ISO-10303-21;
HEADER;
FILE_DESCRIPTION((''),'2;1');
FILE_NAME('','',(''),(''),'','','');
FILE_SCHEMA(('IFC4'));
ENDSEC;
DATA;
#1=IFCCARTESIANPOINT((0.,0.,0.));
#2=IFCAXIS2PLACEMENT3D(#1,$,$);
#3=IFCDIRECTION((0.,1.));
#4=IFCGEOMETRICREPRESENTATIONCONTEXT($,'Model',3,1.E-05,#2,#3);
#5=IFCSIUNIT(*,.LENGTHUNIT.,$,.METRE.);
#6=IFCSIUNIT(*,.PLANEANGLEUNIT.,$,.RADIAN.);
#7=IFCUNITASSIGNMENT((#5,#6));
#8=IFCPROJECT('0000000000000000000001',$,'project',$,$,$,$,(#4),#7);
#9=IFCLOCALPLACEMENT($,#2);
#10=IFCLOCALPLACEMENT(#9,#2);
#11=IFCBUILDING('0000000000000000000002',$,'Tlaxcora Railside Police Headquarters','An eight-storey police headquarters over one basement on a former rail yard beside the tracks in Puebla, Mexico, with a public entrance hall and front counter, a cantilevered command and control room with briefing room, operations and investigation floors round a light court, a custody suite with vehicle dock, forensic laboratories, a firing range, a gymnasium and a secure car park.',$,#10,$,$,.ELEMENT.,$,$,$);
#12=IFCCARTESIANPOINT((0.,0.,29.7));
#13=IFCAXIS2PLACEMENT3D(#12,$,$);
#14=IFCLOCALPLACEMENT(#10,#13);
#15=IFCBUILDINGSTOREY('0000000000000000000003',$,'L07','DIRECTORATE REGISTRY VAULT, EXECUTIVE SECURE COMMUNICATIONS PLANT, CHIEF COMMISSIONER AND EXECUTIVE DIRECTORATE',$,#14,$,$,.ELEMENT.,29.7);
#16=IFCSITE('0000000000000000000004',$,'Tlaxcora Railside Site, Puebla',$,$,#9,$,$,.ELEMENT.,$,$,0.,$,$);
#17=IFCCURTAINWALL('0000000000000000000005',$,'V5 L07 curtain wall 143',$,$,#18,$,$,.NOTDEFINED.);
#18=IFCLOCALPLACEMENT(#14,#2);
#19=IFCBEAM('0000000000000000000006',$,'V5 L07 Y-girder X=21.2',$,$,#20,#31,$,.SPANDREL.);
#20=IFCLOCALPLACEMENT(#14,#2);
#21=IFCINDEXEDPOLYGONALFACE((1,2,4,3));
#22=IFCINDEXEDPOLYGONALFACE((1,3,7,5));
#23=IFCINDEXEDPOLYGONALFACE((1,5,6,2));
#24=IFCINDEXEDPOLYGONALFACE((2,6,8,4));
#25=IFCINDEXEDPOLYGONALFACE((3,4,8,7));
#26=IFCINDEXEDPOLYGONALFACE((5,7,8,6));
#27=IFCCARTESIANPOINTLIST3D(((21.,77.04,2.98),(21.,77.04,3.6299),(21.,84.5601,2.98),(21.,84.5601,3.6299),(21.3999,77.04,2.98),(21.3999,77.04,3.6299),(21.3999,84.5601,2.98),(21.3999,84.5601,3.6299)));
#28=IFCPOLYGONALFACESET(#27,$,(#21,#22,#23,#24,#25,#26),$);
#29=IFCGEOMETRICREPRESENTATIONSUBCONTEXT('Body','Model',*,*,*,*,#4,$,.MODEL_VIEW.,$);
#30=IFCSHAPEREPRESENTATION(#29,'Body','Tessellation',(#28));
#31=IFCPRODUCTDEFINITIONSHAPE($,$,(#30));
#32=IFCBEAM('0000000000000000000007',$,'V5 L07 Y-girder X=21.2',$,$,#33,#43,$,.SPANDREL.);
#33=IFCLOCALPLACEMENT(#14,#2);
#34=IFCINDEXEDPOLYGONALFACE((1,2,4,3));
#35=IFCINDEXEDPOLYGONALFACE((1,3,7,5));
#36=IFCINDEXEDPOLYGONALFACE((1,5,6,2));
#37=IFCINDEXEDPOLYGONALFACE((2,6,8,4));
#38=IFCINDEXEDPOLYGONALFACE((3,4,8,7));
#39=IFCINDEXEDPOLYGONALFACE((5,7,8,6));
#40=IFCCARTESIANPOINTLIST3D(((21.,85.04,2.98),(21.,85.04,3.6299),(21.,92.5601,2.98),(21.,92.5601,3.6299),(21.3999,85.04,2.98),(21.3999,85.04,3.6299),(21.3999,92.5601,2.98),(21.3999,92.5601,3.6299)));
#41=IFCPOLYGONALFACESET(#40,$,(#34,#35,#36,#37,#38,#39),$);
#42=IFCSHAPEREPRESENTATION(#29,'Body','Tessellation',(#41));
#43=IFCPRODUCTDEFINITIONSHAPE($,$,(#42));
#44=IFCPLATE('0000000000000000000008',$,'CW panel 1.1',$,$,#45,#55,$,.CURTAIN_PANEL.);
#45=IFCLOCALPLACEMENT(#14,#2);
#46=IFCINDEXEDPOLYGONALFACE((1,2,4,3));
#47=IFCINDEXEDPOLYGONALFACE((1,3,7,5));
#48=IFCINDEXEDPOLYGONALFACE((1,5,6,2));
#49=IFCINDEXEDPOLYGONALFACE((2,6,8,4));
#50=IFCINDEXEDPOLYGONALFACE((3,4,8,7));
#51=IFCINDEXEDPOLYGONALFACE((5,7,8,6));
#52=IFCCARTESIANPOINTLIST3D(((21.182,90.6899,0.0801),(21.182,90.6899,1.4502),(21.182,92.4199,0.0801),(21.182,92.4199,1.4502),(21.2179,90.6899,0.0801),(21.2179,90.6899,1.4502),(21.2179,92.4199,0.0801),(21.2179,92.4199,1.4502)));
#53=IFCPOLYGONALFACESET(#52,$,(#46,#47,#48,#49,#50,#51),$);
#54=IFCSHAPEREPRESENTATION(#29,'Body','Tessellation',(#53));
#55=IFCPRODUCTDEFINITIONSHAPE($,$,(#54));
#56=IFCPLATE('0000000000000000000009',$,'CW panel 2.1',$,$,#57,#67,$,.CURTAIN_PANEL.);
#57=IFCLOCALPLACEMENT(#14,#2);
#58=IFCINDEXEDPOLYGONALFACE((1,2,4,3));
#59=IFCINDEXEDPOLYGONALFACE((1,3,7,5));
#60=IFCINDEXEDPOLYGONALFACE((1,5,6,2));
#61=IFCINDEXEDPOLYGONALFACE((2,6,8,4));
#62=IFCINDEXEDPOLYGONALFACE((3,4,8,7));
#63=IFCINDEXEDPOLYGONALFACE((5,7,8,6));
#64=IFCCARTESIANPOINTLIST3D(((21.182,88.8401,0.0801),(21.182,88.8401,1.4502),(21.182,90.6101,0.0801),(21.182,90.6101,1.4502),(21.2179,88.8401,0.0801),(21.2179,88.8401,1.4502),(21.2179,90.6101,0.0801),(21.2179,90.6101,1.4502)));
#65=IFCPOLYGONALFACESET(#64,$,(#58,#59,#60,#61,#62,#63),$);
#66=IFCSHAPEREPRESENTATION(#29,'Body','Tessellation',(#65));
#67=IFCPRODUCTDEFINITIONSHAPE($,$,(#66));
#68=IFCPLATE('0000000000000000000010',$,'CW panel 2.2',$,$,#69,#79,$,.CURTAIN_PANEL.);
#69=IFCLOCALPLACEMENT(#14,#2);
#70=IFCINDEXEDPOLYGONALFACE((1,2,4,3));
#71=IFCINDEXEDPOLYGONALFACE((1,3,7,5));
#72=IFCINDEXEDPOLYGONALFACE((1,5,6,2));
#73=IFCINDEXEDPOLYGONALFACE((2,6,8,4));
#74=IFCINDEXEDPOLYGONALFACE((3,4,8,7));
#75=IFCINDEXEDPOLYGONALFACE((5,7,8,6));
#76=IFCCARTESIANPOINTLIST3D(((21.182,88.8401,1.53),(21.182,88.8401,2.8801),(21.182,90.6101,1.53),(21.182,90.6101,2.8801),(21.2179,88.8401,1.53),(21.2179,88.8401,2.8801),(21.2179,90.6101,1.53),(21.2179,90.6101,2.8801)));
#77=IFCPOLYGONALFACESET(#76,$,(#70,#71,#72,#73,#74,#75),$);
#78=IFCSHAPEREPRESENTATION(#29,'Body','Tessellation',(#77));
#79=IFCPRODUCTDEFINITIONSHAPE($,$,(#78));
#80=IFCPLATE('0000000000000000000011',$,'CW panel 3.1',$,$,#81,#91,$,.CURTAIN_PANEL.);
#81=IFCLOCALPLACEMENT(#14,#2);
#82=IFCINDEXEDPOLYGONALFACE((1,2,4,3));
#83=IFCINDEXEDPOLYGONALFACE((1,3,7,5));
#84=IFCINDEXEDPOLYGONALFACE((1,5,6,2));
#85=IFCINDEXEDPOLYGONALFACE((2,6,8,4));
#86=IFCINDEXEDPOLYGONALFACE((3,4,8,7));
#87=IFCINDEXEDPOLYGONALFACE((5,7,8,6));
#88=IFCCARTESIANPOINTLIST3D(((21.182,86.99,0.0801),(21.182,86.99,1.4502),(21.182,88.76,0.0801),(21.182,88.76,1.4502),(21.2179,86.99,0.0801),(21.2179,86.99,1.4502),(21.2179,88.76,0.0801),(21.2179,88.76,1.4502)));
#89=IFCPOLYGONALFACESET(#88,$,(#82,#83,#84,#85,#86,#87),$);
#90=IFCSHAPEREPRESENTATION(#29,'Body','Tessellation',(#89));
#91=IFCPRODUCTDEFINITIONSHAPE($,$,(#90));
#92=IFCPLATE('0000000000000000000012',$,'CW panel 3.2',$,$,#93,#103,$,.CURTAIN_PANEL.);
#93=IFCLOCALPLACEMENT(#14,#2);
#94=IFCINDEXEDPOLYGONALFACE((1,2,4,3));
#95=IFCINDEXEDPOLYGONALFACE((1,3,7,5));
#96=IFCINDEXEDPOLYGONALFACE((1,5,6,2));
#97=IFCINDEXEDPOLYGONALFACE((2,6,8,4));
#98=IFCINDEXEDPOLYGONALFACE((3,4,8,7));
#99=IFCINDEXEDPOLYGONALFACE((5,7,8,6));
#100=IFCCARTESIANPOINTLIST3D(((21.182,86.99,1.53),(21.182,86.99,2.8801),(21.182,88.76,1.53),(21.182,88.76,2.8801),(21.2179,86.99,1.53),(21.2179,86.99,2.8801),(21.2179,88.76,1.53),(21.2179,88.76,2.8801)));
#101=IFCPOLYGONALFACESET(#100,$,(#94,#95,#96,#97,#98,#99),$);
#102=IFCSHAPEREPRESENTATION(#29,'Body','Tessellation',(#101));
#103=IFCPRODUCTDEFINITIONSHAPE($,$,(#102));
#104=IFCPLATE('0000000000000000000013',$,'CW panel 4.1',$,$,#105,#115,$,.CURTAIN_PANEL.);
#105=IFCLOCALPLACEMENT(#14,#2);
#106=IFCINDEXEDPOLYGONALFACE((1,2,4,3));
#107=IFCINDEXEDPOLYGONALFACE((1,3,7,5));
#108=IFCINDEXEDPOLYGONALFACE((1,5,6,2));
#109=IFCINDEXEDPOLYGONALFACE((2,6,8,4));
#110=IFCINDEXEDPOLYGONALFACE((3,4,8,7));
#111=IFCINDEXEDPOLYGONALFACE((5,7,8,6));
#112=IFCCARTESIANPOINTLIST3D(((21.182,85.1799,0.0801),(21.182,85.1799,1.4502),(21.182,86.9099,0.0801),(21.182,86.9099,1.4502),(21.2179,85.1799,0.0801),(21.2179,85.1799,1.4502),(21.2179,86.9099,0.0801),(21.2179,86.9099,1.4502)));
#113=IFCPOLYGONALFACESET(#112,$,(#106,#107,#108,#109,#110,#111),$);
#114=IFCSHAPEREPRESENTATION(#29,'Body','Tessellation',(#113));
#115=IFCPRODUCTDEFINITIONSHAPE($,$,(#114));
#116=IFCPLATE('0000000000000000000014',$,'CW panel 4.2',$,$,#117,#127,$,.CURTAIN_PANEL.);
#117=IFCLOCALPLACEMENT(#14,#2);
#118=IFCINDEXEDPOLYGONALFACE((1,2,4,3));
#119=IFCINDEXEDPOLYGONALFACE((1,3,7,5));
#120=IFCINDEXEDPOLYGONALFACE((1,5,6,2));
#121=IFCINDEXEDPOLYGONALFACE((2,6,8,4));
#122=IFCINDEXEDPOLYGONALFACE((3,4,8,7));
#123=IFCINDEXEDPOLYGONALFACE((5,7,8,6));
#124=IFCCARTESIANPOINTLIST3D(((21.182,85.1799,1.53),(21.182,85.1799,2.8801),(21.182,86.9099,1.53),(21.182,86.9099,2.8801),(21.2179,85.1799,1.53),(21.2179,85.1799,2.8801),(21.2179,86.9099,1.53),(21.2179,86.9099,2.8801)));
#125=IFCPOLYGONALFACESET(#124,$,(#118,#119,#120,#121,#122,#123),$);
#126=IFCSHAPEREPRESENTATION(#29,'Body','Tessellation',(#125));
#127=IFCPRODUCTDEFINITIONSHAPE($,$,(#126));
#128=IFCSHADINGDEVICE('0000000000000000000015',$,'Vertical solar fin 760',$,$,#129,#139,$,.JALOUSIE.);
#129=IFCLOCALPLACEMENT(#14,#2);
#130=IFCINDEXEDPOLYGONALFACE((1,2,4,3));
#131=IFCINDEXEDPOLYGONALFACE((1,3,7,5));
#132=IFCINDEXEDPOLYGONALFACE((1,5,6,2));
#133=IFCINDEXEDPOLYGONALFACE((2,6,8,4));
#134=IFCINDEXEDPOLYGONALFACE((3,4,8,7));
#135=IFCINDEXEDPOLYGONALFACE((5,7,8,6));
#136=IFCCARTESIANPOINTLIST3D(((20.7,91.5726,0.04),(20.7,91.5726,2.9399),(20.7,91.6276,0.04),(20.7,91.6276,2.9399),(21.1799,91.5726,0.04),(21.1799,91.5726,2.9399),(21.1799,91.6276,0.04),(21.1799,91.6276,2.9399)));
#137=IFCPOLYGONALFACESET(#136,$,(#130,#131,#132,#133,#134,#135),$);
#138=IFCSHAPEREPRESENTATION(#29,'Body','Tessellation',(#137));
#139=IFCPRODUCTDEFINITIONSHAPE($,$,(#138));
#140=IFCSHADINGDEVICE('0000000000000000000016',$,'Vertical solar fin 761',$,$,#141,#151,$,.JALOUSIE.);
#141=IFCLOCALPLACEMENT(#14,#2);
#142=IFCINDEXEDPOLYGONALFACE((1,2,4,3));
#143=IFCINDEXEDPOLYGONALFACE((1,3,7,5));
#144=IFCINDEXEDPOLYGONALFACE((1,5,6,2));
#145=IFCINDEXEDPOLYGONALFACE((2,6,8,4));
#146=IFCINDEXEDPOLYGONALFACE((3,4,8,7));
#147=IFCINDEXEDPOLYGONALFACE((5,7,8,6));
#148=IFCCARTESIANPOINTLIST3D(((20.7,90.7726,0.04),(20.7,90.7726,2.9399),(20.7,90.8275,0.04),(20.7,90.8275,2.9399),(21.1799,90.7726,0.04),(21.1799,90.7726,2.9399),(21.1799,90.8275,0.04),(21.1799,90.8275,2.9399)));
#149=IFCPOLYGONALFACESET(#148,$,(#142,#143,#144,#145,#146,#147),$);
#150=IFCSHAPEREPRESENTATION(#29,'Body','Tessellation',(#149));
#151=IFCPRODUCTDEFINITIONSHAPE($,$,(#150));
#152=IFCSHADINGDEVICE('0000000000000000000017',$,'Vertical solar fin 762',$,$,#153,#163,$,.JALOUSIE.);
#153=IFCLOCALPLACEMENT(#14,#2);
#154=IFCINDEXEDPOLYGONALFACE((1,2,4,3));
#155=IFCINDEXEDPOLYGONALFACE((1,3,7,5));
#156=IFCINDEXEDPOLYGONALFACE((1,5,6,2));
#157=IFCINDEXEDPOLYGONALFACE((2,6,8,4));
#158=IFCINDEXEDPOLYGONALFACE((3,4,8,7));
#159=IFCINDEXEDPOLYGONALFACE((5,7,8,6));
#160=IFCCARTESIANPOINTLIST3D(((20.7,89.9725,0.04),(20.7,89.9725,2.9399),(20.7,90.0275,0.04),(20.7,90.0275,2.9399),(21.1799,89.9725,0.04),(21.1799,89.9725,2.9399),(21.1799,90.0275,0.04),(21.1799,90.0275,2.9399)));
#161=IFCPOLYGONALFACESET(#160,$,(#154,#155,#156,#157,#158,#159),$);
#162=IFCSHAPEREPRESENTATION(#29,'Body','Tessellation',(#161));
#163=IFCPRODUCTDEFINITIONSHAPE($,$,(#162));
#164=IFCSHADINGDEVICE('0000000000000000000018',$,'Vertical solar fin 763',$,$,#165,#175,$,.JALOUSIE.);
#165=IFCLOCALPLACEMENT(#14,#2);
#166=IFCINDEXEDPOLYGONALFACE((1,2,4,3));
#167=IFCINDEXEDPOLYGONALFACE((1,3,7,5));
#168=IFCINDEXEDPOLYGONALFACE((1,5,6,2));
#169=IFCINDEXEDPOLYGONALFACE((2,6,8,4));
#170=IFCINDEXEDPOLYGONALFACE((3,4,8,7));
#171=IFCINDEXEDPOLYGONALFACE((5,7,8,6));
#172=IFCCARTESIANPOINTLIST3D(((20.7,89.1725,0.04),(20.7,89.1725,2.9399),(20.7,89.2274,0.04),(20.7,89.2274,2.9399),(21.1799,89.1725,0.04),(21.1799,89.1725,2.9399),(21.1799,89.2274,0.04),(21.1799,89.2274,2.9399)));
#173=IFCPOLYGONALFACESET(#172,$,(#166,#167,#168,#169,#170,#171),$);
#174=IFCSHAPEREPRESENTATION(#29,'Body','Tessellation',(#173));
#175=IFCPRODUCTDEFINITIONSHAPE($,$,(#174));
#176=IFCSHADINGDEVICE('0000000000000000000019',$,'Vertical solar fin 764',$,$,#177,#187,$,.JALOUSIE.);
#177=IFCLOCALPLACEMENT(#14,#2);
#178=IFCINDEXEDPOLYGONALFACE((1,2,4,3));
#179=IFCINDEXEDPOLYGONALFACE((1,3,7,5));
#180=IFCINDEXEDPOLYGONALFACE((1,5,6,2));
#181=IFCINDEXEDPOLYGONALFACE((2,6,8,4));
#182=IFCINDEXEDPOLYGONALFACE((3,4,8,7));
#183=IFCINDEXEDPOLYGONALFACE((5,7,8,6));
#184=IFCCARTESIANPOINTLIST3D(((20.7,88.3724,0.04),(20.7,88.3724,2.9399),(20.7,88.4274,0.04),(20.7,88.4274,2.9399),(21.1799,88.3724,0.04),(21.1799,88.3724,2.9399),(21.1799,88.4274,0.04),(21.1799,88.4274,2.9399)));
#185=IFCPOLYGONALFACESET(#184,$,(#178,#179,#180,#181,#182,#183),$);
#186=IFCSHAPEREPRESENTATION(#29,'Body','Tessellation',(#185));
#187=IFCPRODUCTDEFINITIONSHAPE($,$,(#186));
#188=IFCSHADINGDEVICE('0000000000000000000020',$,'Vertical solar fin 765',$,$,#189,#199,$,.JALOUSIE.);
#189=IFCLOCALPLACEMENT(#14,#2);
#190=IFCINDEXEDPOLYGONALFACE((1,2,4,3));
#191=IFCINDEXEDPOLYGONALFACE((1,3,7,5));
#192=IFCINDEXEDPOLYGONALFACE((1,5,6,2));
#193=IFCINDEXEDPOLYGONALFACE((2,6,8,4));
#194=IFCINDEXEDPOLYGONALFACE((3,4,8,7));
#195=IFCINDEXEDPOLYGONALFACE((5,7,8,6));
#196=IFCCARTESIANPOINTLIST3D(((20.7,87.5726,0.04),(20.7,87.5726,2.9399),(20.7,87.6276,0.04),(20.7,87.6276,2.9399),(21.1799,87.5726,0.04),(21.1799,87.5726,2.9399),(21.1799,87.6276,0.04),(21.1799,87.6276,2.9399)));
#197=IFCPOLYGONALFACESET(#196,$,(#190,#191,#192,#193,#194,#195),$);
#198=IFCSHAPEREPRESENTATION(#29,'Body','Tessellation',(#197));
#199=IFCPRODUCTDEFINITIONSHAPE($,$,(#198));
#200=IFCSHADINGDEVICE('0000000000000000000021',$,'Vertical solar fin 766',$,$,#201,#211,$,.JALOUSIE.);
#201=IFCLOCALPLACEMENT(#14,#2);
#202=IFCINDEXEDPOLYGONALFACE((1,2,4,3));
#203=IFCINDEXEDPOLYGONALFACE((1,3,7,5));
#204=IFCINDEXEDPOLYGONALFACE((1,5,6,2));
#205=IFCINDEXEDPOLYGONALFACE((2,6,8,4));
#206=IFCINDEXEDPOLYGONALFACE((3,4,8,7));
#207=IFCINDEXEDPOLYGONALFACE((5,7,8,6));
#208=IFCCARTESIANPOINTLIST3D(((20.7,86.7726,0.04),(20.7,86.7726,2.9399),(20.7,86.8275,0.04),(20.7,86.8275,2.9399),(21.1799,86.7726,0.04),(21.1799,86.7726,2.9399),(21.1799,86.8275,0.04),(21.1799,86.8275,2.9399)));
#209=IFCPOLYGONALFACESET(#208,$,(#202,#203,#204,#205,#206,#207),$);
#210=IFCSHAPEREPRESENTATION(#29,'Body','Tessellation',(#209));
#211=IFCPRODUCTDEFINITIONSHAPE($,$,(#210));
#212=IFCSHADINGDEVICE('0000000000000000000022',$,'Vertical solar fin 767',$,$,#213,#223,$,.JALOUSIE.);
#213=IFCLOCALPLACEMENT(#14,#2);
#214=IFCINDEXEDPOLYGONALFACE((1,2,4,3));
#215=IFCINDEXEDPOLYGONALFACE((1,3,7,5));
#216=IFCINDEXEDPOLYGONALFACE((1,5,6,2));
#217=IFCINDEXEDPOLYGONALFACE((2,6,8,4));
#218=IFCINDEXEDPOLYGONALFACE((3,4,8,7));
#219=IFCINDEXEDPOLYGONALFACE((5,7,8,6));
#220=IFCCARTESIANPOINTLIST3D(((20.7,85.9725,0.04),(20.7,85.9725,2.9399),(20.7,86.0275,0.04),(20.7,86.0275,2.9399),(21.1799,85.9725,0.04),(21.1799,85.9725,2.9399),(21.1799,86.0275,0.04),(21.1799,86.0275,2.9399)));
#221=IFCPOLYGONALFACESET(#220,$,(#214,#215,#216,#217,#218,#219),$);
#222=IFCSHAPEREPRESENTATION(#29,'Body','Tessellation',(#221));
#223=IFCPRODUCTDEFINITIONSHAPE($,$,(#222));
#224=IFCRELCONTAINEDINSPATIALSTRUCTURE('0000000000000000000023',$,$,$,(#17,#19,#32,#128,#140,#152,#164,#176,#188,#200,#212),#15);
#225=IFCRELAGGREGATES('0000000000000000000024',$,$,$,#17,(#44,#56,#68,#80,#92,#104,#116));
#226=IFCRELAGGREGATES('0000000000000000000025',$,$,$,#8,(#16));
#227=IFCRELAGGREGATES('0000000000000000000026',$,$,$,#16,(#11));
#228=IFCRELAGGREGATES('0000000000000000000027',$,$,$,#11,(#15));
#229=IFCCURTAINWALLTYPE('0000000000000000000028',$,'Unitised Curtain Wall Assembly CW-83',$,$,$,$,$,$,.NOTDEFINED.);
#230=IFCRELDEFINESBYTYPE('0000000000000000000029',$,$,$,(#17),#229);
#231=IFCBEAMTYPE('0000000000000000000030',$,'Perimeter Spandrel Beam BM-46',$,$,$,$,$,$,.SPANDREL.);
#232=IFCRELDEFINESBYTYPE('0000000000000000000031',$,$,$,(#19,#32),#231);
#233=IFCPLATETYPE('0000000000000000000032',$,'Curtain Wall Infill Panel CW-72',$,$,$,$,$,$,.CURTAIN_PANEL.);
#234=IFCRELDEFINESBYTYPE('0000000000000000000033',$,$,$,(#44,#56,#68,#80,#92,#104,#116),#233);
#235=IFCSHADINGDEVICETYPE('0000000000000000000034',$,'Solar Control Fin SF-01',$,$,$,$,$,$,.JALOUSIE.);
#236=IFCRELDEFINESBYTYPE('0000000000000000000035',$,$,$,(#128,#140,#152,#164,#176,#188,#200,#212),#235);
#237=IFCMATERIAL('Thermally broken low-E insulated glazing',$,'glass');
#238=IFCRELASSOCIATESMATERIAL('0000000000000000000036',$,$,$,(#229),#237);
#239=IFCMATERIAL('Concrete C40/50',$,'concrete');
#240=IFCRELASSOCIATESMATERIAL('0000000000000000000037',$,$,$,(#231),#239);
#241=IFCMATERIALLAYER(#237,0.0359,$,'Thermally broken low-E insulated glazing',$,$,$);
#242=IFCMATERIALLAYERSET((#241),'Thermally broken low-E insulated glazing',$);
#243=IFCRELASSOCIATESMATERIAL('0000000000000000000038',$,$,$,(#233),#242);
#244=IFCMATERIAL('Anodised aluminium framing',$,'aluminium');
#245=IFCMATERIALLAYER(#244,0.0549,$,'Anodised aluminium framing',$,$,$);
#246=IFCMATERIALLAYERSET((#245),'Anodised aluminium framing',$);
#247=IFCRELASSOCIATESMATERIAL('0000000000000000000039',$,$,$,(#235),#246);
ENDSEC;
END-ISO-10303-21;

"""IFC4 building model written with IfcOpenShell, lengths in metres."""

from ifc_helpers import new_model, si_unit, direction, frame, origin, origin_2d, place, context, subcontext, project, spatial, rectangle, extrude, material, layer, layer_set, material_profile, profile_set, type_object, element, aggregate, save


model = new_model("IFC4")

# Units and contexts
model_context = context("Model", 3, precision=1e-05, world=origin(), true_north=direction((0.0, 1.0)))
body_context = subcontext(model_context, "Body", "Model", "MODEL_VIEW")
ifc_project = project(units=[si_unit("LENGTHUNIT", "METRE"), si_unit("PLANEANGLEUNIT", "RADIAN")], contexts=[model_context])

# Site, building, storey
site_placement = place(None, origin())
site = spatial("IfcSite", under=ifc_project, at=site_placement, Name="Tlaxcora Railside Site, Puebla", CompositionType="ELEMENT", RefElevation=0.0)
building_placement = place(site_placement, origin())
building = spatial("IfcBuilding", under=site, at=building_placement, Name="Tlaxcora Railside Police Headquarters", Description="An eight-storey police headquarters over one basement on a former rail yard beside the tracks in Puebla, Mexico, with a public entrance hall and front counter, a cantilevered command and control room with briefing room, operations and investigation floors round a light court, a custody suite with vehicle dock, forensic laboratories, a firing range, a gymnasium and a secure car park.", CompositionType="ELEMENT")
storey_placement = place(building_placement, frame((0.0, 0.0, 29.7)))
storey = spatial("IfcBuildingStorey", under=building, at=storey_placement, Name="L07", Description="DIRECTORATE REGISTRY VAULT, EXECUTIVE SECURE COMMUNICATIONS PLANT, CHIEF COMMISSIONER AND EXECUTIVE DIRECTORATE", CompositionType="ELEMENT", Elevation=29.7)

# Shared definitions
ifc_material_1 = material(Name="Concrete C40/50", Category="concrete")

# Curtain wall
ifc_material_2 = material(Name="Thermally broken low-E insulated glazing", Category="glass")
curtain_wall_type = type_object("IfcCurtainWallType", Name="Unitised Curtain Wall Assembly CW-83", PredefinedType="NOTDEFINED", material=ifc_material_2)
curtain_wall_placement = place(storey_placement, origin())
curtain_wall = element("IfcCurtainWall", 1, at=curtain_wall_placement, inside=storey, type_object=curtain_wall_type, Name="V5 L07 curtain wall 143", PredefinedType="NOTDEFINED")
ifc_material_3 = material(Name="Anodised aluminium framing", Category="aluminium")

# Beams
ifc_material_profile_1 = material_profile(ifc_material_1, rectangle(XDim=0.3999, YDim=0.6499, at=origin_2d()), Name="RC400X650")
ifc_profile_set_1 = profile_set([ifc_material_profile_1], Name="Concrete C40/50")
beam_type = type_object("IfcBeamType", Name="Perimeter Spandrel Beam BM-46", PredefinedType="SPANDREL", material=ifc_profile_set_1)
for number, where, z_axis, x_axis, name in (
    (2, (21.2, 77.04, 3.3049), (0.0, 1.0, 0.0), (-1.0, 0.0, 0.0), "V5 L07 Y-girder X=21.2"),
    (3, (21.2, 85.04, 3.3049), (0.0, 1.0, 0.0), (-1.0, 0.0, 0.0), "V5 L07 Y-girder X=21.2"),
):
    element("IfcBeam", number, at=place(storey_placement, frame(where, z_axis=z_axis, x_axis=x_axis)), inside=storey, type_object=beam_type, Name=name, PredefinedType="SPANDREL", context=body_context, shape_type="SweptSolid", body=[
        extrude(rectangle(XDim=0.3999, YDim=0.6499, at=origin_2d()), origin(), (0.0, 0.0, 1.0), 7.52),
    ])

# Plates
ifc_layer_1 = layer(ifc_material_2, 0.0359, Name="Thermally broken low-E insulated glazing")
ifc_layer_set_1 = layer_set([ifc_layer_1], Name="Thermally broken low-E insulated glazing")
plate_type = type_object("IfcPlateType", Name="Curtain Wall Infill Panel CW-72", PredefinedType="CURTAIN_PANEL", material=ifc_layer_set_1)
plate_1_placement = place(storey_placement, frame((21.2, 91.5549, 0.0801), z_axis=(0.0, 0.0, 1.0), x_axis=(0.0, -1.0, 0.0)))
plate_1 = element("IfcPlate", 4, at=plate_1_placement, type_object=plate_type, Name="CW panel 1.1", PredefinedType="CURTAIN_PANEL", context=body_context, shape_type="SweptSolid", body=[
    extrude(rectangle(XDim=1.73, YDim=0.0359, at=origin_2d()), origin(), (0.0, 0.0, 1.0), 1.3701),
])
plate_2_placement = place(storey_placement, frame((21.2, 89.7251, 0.0801), z_axis=(0.0, 0.0, 1.0), x_axis=(0.0, -1.0, 0.0)))
plate_2 = element("IfcPlate", 5, at=plate_2_placement, type_object=plate_type, Name="CW panel 2.1", PredefinedType="CURTAIN_PANEL", context=body_context, shape_type="SweptSolid", body=[
    extrude(rectangle(XDim=1.77, YDim=0.0359, at=origin_2d()), origin(), (0.0, 0.0, 1.0), 1.3701),
])
plate_3_placement = place(storey_placement, frame((21.2, 89.7251, 1.53), z_axis=(0.0, 0.0, 1.0), x_axis=(0.0, -1.0, 0.0)))
plate_3 = element("IfcPlate", 6, at=plate_3_placement, type_object=plate_type, Name="CW panel 2.2", PredefinedType="CURTAIN_PANEL", context=body_context, shape_type="SweptSolid", body=[
    extrude(rectangle(XDim=1.77, YDim=0.0359, at=origin_2d()), origin(), (0.0, 0.0, 1.0), 1.3501),
])
plate_4_placement = place(storey_placement, frame((21.2, 87.875, 0.0801), z_axis=(0.0, 0.0, 1.0), x_axis=(0.0, -1.0, 0.0)))
plate_4 = element("IfcPlate", 7, at=plate_4_placement, type_object=plate_type, Name="CW panel 3.1", PredefinedType="CURTAIN_PANEL", context=body_context, shape_type="SweptSolid", body=[
    extrude(rectangle(XDim=1.77, YDim=0.0359, at=origin_2d()), origin(), (0.0, 0.0, 1.0), 1.3701),
])
plate_5_placement = place(storey_placement, frame((21.2, 87.875, 1.53), z_axis=(0.0, 0.0, 1.0), x_axis=(0.0, -1.0, 0.0)))
plate_5 = element("IfcPlate", 8, at=plate_5_placement, type_object=plate_type, Name="CW panel 3.2", PredefinedType="CURTAIN_PANEL", context=body_context, shape_type="SweptSolid", body=[
    extrude(rectangle(XDim=1.77, YDim=0.0359, at=origin_2d()), origin(), (0.0, 0.0, 1.0), 1.3501),
])
plate_6_placement = place(storey_placement, frame((21.2, 86.0449, 0.0801), z_axis=(0.0, 0.0, 1.0), x_axis=(0.0, -1.0, 0.0)))
plate_6 = element("IfcPlate", 9, at=plate_6_placement, type_object=plate_type, Name="CW panel 4.1", PredefinedType="CURTAIN_PANEL", context=body_context, shape_type="SweptSolid", body=[
    extrude(rectangle(XDim=1.73, YDim=0.0359, at=origin_2d()), origin(), (0.0, 0.0, 1.0), 1.3701),
])
plate_7_placement = place(storey_placement, frame((21.2, 86.0449, 1.53), z_axis=(0.0, 0.0, 1.0), x_axis=(0.0, -1.0, 0.0)))
plate_7 = element("IfcPlate", 10, at=plate_7_placement, type_object=plate_type, Name="CW panel 4.2", PredefinedType="CURTAIN_PANEL", context=body_context, shape_type="SweptSolid", body=[
    extrude(rectangle(XDim=1.73, YDim=0.0359, at=origin_2d()), origin(), (0.0, 0.0, 1.0), 1.3501),
])
aggregate(curtain_wall, [plate_1, plate_2, plate_3, plate_4, plate_5, plate_6, plate_7])

# Shading devices
ifc_layer_2 = layer(ifc_material_3, 0.0549, Name="Anodised aluminium framing")
ifc_layer_set_2 = layer_set([ifc_layer_2], Name="Anodised aluminium framing")
shading_device_type = type_object("IfcShadingDeviceType", Name="Solar Control Fin SF-01", PredefinedType="JALOUSIE", material=ifc_layer_set_2)
for number, where, z_axis, x_axis, name in (
    (11, (20.9399, 91.6001, 0.04), (0.0, 0.0, 1.0), (-1.0, 0.0, 0.0), "Vertical solar fin 760"),
    (12, (20.9399, 90.8, 0.04), (0.0, 0.0, 1.0), (-1.0, 0.0, 0.0), "Vertical solar fin 761"),
    (13, (20.9399, 90.0, 0.04), (0.0, 0.0, 1.0), (-1.0, 0.0, 0.0), "Vertical solar fin 762"),
    (14, (20.9399, 89.2, 0.04), (0.0, 0.0, 1.0), (-1.0, 0.0, 0.0), "Vertical solar fin 763"),
    (15, (20.9399, 88.3999, 0.04), (0.0, 0.0, 1.0), (-1.0, 0.0, 0.0), "Vertical solar fin 764"),
    (16, (20.9399, 87.6001, 0.04), (0.0, 0.0, 1.0), (-1.0, 0.0, 0.0), "Vertical solar fin 765"),
    (17, (20.9399, 86.8, 0.04), (0.0, 0.0, 1.0), (-1.0, 0.0, 0.0), "Vertical solar fin 766"),
    (18, (20.9399, 86.0, 0.04), (0.0, 0.0, 1.0), (-1.0, 0.0, 0.0), "Vertical solar fin 767"),
):
    element("IfcShadingDevice", number, at=place(storey_placement, frame(where, z_axis=z_axis, x_axis=x_axis)), inside=storey, type_object=shading_device_type, Name=name, PredefinedType="JALOUSIE", context=body_context, shape_type="SweptSolid", body=[
        extrude(rectangle(XDim=0.48, YDim=0.0549, at=origin_2d()), origin(), (0.0, 0.0, 1.0), 2.8999),
    ])

save(model, "model.ifc")
